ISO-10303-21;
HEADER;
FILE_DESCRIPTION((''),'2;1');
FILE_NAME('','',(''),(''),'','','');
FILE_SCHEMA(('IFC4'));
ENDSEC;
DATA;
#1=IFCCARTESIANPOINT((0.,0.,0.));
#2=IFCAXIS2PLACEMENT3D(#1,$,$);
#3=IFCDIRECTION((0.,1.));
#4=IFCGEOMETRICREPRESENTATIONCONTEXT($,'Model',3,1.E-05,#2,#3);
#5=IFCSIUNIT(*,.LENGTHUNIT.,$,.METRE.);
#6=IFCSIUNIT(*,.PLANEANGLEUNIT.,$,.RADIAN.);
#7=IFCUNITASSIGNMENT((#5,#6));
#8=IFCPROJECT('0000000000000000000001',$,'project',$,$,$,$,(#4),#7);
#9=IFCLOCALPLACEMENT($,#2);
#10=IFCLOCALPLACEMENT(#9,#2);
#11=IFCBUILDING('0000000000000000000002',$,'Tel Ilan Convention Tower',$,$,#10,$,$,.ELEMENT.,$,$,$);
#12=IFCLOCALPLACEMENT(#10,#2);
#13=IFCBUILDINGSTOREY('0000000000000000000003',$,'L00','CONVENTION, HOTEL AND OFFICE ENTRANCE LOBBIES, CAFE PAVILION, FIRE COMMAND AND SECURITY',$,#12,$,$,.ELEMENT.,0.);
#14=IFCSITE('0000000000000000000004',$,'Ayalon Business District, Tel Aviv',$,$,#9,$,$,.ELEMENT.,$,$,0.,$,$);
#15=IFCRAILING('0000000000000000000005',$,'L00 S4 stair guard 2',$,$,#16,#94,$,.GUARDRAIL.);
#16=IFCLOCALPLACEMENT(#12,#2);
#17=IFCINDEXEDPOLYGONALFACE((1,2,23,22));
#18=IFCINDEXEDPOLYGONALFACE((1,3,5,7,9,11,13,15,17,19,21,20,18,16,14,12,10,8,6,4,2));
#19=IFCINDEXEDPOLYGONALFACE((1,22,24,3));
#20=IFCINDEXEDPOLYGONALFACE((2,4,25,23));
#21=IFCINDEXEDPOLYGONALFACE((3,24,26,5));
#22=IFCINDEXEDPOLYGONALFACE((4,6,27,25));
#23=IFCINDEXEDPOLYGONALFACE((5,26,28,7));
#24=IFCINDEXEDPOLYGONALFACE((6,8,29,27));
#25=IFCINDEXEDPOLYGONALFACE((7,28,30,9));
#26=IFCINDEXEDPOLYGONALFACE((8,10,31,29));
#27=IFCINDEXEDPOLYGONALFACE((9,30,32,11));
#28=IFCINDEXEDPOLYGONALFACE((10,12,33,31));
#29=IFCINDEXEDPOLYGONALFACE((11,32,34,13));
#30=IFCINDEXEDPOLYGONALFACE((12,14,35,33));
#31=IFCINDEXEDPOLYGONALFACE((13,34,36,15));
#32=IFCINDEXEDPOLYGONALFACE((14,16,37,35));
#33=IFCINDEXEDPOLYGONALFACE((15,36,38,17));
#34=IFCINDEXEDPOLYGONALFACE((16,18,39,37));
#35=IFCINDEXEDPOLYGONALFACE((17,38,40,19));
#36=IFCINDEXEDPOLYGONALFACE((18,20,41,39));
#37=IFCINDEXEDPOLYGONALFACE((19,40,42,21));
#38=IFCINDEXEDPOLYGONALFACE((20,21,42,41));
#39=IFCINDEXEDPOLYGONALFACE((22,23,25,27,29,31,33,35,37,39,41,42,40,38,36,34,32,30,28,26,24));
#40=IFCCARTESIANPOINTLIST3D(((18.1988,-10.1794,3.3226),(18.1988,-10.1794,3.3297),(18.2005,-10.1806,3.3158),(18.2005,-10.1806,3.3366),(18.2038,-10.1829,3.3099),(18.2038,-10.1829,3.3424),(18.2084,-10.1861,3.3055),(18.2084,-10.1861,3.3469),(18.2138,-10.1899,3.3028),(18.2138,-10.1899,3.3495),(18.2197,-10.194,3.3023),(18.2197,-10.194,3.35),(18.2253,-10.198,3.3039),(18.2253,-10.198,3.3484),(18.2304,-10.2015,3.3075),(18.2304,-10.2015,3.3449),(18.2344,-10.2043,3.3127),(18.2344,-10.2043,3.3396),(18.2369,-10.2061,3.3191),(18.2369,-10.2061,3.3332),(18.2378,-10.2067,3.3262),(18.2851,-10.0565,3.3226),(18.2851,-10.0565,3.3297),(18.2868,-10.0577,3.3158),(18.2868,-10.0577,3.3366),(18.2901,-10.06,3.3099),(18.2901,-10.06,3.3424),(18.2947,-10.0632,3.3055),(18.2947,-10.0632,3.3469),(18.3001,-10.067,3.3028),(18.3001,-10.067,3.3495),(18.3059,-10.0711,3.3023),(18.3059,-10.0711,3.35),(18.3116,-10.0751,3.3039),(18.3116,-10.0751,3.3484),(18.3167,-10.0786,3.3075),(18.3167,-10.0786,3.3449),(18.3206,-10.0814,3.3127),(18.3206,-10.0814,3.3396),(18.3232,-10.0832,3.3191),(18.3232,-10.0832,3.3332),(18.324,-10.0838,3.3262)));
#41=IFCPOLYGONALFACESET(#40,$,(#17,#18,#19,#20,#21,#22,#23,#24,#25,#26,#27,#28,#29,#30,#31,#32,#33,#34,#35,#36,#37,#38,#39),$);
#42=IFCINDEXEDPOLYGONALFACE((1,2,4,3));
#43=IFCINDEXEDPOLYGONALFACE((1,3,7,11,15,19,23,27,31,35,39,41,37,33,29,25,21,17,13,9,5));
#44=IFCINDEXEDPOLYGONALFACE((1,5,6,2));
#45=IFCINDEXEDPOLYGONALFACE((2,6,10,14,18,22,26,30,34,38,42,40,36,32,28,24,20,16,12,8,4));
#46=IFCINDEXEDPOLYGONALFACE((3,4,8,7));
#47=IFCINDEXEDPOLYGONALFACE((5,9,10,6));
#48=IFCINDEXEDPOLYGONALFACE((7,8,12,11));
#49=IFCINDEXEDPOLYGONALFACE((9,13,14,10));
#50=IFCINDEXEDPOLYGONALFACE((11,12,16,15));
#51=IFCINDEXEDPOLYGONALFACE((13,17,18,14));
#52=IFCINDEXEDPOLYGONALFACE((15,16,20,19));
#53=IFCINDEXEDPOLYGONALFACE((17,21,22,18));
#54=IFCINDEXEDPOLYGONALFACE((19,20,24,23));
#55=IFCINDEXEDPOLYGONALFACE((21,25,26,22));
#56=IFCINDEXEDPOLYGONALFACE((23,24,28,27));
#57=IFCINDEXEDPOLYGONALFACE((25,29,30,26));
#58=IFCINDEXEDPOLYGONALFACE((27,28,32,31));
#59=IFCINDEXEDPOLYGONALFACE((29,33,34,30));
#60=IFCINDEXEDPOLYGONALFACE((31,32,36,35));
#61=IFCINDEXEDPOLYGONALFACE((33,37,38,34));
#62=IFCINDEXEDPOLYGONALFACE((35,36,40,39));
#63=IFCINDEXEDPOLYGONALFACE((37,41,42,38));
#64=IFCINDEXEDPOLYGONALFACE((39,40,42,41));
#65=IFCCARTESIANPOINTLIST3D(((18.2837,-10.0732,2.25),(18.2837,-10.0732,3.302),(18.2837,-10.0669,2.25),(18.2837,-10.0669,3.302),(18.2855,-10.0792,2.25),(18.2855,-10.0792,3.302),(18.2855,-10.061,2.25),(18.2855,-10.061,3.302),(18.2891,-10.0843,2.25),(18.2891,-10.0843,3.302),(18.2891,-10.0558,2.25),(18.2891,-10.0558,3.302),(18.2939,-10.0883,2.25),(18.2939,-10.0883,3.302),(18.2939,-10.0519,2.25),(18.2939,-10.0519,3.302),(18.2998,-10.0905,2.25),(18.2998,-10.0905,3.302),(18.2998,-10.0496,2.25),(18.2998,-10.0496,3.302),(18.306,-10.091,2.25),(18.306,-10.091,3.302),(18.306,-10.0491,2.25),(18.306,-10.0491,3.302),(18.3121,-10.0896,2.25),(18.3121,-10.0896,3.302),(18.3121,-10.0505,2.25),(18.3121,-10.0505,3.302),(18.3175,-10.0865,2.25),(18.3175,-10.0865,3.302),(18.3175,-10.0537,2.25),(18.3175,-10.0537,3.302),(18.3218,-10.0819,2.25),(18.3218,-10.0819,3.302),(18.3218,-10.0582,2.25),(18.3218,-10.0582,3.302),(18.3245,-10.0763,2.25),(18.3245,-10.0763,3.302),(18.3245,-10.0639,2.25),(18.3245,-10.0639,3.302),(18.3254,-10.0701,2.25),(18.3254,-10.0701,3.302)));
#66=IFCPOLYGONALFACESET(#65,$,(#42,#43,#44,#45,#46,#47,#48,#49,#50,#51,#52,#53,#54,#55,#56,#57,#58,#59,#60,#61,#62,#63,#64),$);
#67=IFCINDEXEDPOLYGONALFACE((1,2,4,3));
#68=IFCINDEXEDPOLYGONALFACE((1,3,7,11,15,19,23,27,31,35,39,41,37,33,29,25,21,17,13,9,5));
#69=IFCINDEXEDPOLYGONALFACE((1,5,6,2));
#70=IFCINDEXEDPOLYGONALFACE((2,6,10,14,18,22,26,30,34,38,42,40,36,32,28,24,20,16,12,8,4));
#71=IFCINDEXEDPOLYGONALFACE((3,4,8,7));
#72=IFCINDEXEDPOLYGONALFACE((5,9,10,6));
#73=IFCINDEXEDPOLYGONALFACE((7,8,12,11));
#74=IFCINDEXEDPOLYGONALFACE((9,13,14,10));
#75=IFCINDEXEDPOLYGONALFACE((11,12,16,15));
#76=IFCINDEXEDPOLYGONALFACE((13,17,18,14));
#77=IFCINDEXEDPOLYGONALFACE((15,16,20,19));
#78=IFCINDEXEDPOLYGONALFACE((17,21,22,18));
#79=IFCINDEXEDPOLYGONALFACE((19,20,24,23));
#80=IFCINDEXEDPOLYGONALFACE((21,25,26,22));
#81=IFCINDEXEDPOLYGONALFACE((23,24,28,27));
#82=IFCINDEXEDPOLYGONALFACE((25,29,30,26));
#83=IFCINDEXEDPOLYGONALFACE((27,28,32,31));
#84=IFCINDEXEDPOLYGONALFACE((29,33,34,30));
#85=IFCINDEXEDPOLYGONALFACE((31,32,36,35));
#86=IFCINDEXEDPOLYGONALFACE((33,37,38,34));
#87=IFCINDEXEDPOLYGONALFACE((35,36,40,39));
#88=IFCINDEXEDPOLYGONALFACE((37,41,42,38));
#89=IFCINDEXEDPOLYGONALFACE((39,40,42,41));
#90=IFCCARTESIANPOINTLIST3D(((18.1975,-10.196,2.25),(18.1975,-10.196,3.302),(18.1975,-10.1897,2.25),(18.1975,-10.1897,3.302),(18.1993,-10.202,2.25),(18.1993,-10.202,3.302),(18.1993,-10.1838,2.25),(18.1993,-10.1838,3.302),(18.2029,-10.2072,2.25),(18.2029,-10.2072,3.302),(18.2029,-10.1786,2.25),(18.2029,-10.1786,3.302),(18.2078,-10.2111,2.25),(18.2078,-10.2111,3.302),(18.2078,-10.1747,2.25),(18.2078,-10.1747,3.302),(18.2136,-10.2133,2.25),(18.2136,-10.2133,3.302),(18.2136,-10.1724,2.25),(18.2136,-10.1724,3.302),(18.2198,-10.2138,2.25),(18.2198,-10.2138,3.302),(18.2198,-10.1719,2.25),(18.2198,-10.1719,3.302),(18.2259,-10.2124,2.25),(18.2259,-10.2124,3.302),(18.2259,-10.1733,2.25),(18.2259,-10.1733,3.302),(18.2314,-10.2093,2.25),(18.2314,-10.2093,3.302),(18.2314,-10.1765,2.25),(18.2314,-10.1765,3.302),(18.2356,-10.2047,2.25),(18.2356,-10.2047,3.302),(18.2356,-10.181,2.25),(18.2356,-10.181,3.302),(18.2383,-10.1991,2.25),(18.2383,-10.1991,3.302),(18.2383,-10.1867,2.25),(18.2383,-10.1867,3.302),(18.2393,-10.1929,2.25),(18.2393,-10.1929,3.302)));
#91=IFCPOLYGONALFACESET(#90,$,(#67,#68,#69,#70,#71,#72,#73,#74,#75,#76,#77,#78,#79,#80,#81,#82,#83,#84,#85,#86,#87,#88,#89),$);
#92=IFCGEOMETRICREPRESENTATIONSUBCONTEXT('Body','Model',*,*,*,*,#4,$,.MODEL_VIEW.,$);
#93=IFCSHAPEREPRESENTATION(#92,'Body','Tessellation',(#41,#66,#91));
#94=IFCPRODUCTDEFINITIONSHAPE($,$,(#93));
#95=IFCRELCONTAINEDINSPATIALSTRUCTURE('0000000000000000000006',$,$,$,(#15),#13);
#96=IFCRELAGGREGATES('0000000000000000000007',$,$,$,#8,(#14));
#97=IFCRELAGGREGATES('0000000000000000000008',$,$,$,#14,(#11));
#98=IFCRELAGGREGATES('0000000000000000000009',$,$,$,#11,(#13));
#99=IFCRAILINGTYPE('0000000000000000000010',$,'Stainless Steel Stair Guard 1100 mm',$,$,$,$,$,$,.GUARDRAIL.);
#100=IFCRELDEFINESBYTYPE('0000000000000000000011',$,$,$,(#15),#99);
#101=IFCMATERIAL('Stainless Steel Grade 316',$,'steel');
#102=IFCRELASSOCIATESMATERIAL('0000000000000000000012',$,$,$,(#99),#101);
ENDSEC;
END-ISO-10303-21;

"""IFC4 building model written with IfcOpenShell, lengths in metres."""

from ifc_helpers import new_model, si_unit, direction, frame, origin, origin_2d, place, context, subcontext, project, spatial, circle, extrude, material, type_object, element, save


model = new_model("IFC4")

# Units and contexts
model_context = context("Model", 3, precision=1e-05, world=origin(), true_north=direction((0.0, 1.0)))
body_context = subcontext(model_context, "Body", "Model", "MODEL_VIEW")
ifc_project = project(units=[si_unit("LENGTHUNIT", "METRE"), si_unit("PLANEANGLEUNIT", "RADIAN")], contexts=[model_context])

# Site, building, storey
site_placement = place(None, origin())
site = spatial("IfcSite", under=ifc_project, at=site_placement, Name="Ayalon Business District, Tel Aviv", CompositionType="ELEMENT", RefElevation=0.0)
building_placement = place(site_placement, origin())
building = spatial("IfcBuilding", under=site, at=building_placement, Name="Tel Ilan Convention Tower", CompositionType="ELEMENT")
storey_placement = place(building_placement, origin())
storey = spatial("IfcBuildingStorey", under=building, at=storey_placement, Name="L00", Description="CONVENTION, HOTEL AND OFFICE ENTRANCE LOBBIES, CAFE PAVILION, FIRE COMMAND AND SECURITY", CompositionType="ELEMENT", Elevation=0.0)

# Railing
ifc_material_1 = material(Name="Stainless Steel Grade 316", Category="steel")
railing_type_1 = type_object("IfcRailingType", Name="Stainless Steel Stair Guard 1100 mm", PredefinedType="GUARDRAIL", material=ifc_material_1)
railing_placement = place(storey_placement, frame((18.3044, -10.0701, 2.25)))
element("IfcRailing", 1, at=railing_placement, inside=storey, type_object=railing_type_1, Name="L00 S4 stair guard 2", PredefinedType="GUARDRAIL", context=body_context, shape_type="SweptSolid", body=[
    extrude(circle(Radius=0.0239, at=origin_2d()), frame((0.0, 0.0, 1.0762), z_axis=(-0.574445, -0.818543, 0.0), x_axis=(0.818543, -0.574445, 0.0)), (0.0, 0.0, 1.0), 0.1501),
    extrude(circle(Radius=0.021, at=origin_2d()), origin(), (0.0, 0.0, 1.0), 1.052),
    extrude(circle(Radius=0.021, at=origin_2d()), frame((-0.0862, -0.1228, 0.0)), (0.0, 0.0, 1.0), 1.052),
])

save(model, "model.ifc")
